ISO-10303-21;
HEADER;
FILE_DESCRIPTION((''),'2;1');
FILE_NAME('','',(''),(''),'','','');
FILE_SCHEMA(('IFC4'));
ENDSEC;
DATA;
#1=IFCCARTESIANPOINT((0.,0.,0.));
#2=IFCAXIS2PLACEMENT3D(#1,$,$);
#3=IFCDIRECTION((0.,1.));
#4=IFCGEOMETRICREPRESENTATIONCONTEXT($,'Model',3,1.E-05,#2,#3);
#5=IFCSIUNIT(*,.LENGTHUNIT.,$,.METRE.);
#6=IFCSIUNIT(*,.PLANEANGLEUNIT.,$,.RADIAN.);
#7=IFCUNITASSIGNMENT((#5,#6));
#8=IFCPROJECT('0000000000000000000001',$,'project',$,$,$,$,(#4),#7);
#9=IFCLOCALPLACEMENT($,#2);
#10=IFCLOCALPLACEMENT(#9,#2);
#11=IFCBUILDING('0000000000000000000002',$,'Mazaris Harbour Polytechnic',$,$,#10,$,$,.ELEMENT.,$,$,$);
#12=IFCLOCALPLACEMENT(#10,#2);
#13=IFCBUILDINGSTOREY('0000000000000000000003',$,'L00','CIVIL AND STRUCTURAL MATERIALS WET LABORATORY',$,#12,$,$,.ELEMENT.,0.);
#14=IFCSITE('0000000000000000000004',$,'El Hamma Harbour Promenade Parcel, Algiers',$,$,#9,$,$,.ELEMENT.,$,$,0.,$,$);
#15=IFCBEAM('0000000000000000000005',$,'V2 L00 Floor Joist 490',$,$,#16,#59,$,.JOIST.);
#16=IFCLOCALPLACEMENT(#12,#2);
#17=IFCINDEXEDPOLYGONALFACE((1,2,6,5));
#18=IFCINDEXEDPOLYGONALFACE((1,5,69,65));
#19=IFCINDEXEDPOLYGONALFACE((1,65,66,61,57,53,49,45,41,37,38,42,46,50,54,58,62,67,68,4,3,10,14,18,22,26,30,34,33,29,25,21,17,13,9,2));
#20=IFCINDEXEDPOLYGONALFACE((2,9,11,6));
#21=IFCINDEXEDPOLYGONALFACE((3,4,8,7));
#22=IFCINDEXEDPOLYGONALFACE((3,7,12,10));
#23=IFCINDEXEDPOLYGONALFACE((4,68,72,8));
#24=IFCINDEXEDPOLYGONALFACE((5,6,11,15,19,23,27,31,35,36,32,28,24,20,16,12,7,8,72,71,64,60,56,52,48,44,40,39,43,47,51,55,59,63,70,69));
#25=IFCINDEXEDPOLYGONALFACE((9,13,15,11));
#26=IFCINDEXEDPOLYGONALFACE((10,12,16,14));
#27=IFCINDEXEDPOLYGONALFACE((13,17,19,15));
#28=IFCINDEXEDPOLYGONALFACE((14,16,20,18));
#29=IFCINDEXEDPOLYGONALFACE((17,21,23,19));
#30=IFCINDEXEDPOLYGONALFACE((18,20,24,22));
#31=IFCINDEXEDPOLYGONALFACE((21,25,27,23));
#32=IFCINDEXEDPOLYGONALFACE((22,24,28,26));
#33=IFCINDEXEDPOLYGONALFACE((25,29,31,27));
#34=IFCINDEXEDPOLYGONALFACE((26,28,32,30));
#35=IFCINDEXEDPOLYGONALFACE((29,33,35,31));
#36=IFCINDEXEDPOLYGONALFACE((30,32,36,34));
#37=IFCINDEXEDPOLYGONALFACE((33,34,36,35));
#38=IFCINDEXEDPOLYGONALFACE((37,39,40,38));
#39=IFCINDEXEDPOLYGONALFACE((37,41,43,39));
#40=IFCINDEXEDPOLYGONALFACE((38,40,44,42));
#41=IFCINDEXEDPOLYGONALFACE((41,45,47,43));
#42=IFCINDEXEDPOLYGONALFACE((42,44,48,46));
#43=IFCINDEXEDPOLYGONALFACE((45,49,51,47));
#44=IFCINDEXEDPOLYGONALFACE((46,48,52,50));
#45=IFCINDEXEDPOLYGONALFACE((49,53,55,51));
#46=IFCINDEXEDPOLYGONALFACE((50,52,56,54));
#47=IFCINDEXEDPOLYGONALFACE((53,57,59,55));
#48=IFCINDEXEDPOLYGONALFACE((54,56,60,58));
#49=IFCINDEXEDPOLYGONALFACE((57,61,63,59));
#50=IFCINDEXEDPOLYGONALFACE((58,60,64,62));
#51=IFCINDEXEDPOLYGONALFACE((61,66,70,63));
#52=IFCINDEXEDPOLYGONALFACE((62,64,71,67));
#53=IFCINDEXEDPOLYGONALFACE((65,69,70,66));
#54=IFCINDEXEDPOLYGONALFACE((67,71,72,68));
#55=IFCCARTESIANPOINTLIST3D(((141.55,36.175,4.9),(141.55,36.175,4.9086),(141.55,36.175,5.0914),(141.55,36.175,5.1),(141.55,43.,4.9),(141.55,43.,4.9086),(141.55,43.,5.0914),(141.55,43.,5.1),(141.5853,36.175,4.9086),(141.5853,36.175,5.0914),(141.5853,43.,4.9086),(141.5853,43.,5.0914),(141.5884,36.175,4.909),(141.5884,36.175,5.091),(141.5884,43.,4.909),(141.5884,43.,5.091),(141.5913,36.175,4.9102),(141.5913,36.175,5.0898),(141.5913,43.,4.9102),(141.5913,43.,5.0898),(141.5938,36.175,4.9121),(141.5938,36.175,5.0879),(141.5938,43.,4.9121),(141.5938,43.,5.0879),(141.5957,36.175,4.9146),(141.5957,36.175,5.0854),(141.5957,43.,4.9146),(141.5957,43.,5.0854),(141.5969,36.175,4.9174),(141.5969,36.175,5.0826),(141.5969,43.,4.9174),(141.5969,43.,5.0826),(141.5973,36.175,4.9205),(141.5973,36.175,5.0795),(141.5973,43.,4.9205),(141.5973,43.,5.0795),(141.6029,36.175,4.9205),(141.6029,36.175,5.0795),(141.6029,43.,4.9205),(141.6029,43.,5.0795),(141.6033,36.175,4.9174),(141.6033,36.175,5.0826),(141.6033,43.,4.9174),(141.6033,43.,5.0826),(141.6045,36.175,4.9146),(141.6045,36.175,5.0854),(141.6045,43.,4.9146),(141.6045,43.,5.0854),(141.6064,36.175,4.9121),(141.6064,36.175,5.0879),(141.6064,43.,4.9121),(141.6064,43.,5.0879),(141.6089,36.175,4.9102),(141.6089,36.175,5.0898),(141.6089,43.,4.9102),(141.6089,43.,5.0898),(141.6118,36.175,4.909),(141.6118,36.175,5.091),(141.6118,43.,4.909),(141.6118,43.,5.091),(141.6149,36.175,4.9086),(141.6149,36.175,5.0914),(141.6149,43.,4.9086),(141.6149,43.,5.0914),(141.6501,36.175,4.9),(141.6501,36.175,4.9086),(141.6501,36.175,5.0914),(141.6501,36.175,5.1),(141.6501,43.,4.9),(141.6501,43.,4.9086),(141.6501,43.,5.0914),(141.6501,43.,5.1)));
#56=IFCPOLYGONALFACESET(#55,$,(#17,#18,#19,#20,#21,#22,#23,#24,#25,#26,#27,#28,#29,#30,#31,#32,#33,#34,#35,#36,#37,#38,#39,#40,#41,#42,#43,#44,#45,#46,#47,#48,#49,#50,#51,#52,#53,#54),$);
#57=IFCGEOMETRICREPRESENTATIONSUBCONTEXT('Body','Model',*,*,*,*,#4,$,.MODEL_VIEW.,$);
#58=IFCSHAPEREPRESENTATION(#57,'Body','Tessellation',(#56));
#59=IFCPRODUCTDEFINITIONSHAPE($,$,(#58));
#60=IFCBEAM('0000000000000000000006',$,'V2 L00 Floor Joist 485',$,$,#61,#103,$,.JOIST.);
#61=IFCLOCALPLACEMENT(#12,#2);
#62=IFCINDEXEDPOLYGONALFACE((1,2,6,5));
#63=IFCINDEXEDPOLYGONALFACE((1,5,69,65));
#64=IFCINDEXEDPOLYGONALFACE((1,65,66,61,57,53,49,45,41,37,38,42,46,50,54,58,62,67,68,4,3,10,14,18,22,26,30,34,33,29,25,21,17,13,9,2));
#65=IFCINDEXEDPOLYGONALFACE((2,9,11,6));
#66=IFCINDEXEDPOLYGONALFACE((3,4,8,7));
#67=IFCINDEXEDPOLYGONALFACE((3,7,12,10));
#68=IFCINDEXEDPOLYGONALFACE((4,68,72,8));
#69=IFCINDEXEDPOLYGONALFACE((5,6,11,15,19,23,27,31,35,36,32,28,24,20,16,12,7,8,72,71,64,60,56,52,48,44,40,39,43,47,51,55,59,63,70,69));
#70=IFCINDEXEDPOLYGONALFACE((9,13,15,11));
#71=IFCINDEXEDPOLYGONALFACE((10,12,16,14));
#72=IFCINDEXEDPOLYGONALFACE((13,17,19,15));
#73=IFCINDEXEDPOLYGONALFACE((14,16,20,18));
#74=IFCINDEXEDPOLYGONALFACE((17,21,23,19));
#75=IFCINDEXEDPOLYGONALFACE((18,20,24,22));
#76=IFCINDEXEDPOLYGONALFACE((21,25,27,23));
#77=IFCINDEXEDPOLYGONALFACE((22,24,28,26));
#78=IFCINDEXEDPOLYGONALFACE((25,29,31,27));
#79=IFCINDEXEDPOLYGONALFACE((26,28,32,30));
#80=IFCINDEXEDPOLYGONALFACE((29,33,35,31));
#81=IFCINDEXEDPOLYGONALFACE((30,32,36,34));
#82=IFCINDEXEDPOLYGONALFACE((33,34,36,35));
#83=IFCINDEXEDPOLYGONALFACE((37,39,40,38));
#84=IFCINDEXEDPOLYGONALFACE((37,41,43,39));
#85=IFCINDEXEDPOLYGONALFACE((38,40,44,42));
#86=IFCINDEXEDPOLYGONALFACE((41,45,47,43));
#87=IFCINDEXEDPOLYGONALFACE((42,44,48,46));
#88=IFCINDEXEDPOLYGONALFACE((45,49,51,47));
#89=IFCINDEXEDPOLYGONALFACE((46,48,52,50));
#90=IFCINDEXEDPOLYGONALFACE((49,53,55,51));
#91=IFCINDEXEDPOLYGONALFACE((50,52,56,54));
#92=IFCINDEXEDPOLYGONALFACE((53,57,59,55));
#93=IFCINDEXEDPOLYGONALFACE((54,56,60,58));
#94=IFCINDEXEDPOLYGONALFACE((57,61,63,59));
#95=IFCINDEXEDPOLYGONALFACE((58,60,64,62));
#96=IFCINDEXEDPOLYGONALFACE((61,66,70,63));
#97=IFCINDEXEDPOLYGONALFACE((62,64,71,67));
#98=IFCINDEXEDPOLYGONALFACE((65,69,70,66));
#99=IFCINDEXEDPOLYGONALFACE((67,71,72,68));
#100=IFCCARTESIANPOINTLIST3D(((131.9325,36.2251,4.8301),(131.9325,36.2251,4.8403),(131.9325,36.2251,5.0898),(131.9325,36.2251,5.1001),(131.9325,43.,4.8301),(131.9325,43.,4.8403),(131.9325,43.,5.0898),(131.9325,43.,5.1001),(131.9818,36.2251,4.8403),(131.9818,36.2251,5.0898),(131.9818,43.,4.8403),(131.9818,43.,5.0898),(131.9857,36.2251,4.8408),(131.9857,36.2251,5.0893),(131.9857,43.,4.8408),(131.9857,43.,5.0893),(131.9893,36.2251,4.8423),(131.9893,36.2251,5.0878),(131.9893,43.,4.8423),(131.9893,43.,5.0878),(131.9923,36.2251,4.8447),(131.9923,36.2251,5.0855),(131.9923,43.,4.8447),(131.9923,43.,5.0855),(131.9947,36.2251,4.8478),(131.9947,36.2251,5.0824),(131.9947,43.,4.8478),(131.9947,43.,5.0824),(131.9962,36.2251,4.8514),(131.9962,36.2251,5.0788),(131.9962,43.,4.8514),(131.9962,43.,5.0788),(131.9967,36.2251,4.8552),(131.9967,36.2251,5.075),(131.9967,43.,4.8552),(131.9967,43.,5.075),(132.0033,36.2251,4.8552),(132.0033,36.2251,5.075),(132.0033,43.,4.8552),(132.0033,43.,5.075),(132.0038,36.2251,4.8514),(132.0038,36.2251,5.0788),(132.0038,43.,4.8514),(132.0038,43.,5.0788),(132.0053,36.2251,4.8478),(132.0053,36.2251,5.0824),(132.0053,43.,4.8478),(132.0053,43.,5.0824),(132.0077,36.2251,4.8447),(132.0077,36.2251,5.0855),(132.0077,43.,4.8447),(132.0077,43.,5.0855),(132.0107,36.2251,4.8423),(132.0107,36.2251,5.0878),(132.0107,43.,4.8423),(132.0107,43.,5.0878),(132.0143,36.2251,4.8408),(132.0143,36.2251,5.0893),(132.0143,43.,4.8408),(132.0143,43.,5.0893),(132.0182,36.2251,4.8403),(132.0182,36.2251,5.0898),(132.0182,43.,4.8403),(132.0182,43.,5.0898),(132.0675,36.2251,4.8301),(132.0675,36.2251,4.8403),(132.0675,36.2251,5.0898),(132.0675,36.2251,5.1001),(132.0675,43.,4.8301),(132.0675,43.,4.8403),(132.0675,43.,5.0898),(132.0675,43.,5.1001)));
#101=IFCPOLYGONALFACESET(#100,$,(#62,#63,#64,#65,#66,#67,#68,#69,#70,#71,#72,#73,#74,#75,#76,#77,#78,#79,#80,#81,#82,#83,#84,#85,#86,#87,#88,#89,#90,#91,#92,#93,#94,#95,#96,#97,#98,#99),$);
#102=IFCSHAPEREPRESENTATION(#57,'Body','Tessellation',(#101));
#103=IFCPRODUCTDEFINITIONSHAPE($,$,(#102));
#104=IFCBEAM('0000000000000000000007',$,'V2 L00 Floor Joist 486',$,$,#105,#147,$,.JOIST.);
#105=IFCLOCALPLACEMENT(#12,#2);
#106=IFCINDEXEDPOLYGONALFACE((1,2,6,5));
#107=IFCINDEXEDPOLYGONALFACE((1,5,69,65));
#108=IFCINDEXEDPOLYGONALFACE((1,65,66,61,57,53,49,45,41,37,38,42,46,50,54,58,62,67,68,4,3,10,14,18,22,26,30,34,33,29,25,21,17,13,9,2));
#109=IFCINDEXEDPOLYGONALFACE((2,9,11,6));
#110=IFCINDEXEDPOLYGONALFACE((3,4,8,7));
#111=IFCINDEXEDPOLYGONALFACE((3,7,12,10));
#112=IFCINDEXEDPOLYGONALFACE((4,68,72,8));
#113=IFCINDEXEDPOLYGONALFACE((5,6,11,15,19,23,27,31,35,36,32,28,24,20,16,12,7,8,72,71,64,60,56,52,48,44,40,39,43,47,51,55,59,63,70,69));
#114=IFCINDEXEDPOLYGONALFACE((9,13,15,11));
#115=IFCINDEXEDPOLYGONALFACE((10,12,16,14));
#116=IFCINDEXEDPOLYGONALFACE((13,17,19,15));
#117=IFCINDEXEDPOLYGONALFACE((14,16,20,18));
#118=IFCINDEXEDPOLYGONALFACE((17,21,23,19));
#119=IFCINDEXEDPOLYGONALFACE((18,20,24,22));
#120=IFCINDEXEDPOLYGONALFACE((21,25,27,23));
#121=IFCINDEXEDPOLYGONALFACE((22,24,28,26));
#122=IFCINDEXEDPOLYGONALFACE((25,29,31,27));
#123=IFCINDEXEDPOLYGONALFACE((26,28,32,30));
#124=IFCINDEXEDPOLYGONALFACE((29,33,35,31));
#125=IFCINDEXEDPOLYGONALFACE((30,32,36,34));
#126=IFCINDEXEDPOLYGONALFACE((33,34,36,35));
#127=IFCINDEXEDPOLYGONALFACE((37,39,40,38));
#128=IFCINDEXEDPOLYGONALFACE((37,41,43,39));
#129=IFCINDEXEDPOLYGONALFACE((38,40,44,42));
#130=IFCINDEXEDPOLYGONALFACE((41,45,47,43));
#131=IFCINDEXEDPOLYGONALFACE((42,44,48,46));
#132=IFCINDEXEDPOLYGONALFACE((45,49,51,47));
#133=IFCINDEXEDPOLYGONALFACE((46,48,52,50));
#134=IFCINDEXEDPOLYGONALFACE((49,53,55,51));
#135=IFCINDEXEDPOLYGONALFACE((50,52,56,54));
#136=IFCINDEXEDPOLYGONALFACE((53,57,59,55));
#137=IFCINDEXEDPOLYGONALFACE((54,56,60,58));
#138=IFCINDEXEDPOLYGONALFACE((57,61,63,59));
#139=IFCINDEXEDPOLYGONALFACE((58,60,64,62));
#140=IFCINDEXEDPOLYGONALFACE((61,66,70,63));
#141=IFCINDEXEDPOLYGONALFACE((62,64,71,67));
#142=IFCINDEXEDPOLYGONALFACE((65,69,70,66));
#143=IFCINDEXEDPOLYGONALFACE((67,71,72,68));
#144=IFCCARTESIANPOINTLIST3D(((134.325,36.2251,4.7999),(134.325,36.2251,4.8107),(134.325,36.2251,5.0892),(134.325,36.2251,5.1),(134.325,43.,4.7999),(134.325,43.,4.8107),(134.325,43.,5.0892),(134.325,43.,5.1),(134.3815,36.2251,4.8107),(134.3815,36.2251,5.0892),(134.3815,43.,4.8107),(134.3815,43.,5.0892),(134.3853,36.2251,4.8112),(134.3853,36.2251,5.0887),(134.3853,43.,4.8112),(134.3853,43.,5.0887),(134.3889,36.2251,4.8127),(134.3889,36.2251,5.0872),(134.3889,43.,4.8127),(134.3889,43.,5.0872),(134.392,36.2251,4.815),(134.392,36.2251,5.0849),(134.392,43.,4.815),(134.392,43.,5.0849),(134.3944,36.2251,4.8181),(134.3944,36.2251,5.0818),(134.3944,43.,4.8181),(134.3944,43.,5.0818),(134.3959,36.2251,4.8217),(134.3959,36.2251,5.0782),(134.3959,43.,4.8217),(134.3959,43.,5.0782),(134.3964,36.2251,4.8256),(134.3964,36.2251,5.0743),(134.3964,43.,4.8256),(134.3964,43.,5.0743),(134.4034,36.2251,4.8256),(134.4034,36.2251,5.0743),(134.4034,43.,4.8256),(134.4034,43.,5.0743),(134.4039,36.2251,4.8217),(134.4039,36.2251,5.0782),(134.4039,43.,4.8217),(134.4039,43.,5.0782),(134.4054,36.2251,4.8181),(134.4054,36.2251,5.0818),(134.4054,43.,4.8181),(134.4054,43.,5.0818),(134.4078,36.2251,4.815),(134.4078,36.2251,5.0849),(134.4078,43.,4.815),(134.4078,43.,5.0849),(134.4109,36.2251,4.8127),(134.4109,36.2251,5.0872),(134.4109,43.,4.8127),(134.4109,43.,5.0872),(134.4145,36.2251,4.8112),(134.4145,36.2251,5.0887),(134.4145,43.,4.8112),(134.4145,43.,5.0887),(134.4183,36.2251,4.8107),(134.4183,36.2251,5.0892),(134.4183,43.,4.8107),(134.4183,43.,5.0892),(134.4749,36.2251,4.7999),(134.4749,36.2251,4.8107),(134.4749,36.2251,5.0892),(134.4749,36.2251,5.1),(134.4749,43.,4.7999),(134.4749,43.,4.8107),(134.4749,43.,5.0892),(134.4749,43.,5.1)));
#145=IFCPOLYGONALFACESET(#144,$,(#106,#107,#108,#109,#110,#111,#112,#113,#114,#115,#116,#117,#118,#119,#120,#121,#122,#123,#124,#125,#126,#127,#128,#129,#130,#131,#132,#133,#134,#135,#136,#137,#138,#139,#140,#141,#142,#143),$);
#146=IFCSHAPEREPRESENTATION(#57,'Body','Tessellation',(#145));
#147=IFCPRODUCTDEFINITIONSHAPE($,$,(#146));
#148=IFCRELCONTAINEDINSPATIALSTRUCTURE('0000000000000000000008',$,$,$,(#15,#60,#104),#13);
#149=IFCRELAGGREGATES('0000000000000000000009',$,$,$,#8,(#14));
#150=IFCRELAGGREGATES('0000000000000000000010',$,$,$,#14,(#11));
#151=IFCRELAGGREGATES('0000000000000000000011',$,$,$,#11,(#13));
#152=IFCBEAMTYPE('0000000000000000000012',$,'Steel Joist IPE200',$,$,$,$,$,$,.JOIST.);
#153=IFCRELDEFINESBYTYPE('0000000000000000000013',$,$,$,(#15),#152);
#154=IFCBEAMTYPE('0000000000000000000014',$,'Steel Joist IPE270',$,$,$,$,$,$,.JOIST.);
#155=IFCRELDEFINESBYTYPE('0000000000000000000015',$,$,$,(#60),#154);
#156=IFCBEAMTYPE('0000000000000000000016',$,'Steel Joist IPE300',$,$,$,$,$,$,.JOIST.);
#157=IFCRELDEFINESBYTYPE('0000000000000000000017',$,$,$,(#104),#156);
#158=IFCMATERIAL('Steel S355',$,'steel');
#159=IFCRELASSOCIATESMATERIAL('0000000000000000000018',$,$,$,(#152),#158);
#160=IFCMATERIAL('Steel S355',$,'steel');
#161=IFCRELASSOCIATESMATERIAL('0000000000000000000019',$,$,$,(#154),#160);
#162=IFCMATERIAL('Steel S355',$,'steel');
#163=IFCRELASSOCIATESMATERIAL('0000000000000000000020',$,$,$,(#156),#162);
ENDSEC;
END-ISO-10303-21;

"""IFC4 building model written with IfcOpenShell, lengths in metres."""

from ifc_helpers import new_model, si_unit, direction, frame, origin, origin_2d, place, context, subcontext, project, spatial, i_section, extrude, material, material_profile, profile_set, type_object, element, save


model = new_model("IFC4")

# Units and contexts
model_context = context("Model", 3, precision=1e-05, world=origin(), true_north=direction((0.0, 1.0)))
body_context = subcontext(model_context, "Body", "Model", "MODEL_VIEW")
ifc_project = project(units=[si_unit("LENGTHUNIT", "METRE"), si_unit("PLANEANGLEUNIT", "RADIAN")], contexts=[model_context])

# Site, building, storey
site_placement = place(None, origin())
site = spatial("IfcSite", under=ifc_project, at=site_placement, Name="El Hamma Harbour Promenade Parcel, Algiers", CompositionType="ELEMENT", RefElevation=0.0)
building_placement = place(site_placement, origin())
building = spatial("IfcBuilding", under=site, at=building_placement, Name="Mazaris Harbour Polytechnic", CompositionType="ELEMENT")
storey_placement = place(building_placement, origin())
storey = spatial("IfcBuildingStorey", under=building, at=storey_placement, Name="L00", Description="CIVIL AND STRUCTURAL MATERIALS WET LABORATORY", CompositionType="ELEMENT", Elevation=0.0)

# Beams
ifc_material_1 = material(Name="Steel S355", Category="steel")
ifc_material_profile_1 = material_profile(ifc_material_1, i_section(OverallWidth=0.1001, OverallDepth=0.2, WebThickness=0.0056, FlangeThickness=0.0085, FilletRadius=0.012, at=origin_2d()), Name="IPE 200")
ifc_profile_set_1 = profile_set([ifc_material_profile_1], Name="Steel S355")
beam_type_1 = type_object("IfcBeamType", Name="Steel Joist IPE200", PredefinedType="JOIST", material=ifc_profile_set_1)
beam_1_placement = place(storey_placement, frame((141.6001, 36.175, 5.0), z_axis=(0.0, 1.0, 0.0), x_axis=(-1.0, 0.0, 0.0)))
element("IfcBeam", 1, at=beam_1_placement, inside=storey, type_object=beam_type_1, Name="V2 L00 Floor Joist 490", PredefinedType="JOIST", context=body_context, shape_type="SweptSolid", body=[
    extrude(i_section(OverallWidth=0.1001, OverallDepth=0.2, WebThickness=0.0056, FlangeThickness=0.0085, FilletRadius=0.012, at=origin_2d()), origin(), (0.0, 0.0, 1.0), 6.825),
])
ifc_material_2 = material(Name="Steel S355", Category="steel")
ifc_material_profile_2 = material_profile(ifc_material_2, i_section(OverallWidth=0.135, OverallDepth=0.27, WebThickness=0.0066, FlangeThickness=0.0103, FilletRadius=0.0149, at=origin_2d()), Name="IPE 270")
ifc_profile_set_2 = profile_set([ifc_material_profile_2], Name="Steel S355")
beam_type_2 = type_object("IfcBeamType", Name="Steel Joist IPE270", PredefinedType="JOIST", material=ifc_profile_set_2)
beam_2_placement = place(storey_placement, frame((132.0, 36.2251, 4.9651), z_axis=(0.0, 1.0, 0.0), x_axis=(-1.0, 0.0, 0.0)))
element("IfcBeam", 2, at=beam_2_placement, inside=storey, type_object=beam_type_2, Name="V2 L00 Floor Joist 485", PredefinedType="JOIST", context=body_context, shape_type="SweptSolid", body=[
    extrude(i_section(OverallWidth=0.135, OverallDepth=0.27, WebThickness=0.0066, FlangeThickness=0.0103, FilletRadius=0.0149, at=origin_2d()), origin(), (0.0, 0.0, 1.0), 6.7749),
])
ifc_material_3 = material(Name="Steel S355", Category="steel")
ifc_material_profile_3 = material_profile(ifc_material_3, i_section(OverallWidth=0.1499, OverallDepth=0.3, WebThickness=0.0071, FlangeThickness=0.0107, FilletRadius=0.0149, at=origin_2d()), Name="IPE 300")
ifc_profile_set_3 = profile_set([ifc_material_profile_3], Name="Steel S355")
beam_type_3 = type_object("IfcBeamType", Name="Steel Joist IPE300", PredefinedType="JOIST", material=ifc_profile_set_3)
beam_3_placement = place(storey_placement, frame((134.3999, 36.2251, 4.95), z_axis=(0.0, 1.0, 0.0), x_axis=(-1.0, 0.0, 0.0)))
element("IfcBeam", 3, at=beam_3_placement, inside=storey, type_object=beam_type_3, Name="V2 L00 Floor Joist 486", PredefinedType="JOIST", context=body_context, shape_type="SweptSolid", body=[
    extrude(i_section(OverallWidth=0.1499, OverallDepth=0.3, WebThickness=0.0071, FlangeThickness=0.0107, FilletRadius=0.0149, at=origin_2d()), origin(), (0.0, 0.0, 1.0), 6.7749),
])

save(model, "model.ifc")
